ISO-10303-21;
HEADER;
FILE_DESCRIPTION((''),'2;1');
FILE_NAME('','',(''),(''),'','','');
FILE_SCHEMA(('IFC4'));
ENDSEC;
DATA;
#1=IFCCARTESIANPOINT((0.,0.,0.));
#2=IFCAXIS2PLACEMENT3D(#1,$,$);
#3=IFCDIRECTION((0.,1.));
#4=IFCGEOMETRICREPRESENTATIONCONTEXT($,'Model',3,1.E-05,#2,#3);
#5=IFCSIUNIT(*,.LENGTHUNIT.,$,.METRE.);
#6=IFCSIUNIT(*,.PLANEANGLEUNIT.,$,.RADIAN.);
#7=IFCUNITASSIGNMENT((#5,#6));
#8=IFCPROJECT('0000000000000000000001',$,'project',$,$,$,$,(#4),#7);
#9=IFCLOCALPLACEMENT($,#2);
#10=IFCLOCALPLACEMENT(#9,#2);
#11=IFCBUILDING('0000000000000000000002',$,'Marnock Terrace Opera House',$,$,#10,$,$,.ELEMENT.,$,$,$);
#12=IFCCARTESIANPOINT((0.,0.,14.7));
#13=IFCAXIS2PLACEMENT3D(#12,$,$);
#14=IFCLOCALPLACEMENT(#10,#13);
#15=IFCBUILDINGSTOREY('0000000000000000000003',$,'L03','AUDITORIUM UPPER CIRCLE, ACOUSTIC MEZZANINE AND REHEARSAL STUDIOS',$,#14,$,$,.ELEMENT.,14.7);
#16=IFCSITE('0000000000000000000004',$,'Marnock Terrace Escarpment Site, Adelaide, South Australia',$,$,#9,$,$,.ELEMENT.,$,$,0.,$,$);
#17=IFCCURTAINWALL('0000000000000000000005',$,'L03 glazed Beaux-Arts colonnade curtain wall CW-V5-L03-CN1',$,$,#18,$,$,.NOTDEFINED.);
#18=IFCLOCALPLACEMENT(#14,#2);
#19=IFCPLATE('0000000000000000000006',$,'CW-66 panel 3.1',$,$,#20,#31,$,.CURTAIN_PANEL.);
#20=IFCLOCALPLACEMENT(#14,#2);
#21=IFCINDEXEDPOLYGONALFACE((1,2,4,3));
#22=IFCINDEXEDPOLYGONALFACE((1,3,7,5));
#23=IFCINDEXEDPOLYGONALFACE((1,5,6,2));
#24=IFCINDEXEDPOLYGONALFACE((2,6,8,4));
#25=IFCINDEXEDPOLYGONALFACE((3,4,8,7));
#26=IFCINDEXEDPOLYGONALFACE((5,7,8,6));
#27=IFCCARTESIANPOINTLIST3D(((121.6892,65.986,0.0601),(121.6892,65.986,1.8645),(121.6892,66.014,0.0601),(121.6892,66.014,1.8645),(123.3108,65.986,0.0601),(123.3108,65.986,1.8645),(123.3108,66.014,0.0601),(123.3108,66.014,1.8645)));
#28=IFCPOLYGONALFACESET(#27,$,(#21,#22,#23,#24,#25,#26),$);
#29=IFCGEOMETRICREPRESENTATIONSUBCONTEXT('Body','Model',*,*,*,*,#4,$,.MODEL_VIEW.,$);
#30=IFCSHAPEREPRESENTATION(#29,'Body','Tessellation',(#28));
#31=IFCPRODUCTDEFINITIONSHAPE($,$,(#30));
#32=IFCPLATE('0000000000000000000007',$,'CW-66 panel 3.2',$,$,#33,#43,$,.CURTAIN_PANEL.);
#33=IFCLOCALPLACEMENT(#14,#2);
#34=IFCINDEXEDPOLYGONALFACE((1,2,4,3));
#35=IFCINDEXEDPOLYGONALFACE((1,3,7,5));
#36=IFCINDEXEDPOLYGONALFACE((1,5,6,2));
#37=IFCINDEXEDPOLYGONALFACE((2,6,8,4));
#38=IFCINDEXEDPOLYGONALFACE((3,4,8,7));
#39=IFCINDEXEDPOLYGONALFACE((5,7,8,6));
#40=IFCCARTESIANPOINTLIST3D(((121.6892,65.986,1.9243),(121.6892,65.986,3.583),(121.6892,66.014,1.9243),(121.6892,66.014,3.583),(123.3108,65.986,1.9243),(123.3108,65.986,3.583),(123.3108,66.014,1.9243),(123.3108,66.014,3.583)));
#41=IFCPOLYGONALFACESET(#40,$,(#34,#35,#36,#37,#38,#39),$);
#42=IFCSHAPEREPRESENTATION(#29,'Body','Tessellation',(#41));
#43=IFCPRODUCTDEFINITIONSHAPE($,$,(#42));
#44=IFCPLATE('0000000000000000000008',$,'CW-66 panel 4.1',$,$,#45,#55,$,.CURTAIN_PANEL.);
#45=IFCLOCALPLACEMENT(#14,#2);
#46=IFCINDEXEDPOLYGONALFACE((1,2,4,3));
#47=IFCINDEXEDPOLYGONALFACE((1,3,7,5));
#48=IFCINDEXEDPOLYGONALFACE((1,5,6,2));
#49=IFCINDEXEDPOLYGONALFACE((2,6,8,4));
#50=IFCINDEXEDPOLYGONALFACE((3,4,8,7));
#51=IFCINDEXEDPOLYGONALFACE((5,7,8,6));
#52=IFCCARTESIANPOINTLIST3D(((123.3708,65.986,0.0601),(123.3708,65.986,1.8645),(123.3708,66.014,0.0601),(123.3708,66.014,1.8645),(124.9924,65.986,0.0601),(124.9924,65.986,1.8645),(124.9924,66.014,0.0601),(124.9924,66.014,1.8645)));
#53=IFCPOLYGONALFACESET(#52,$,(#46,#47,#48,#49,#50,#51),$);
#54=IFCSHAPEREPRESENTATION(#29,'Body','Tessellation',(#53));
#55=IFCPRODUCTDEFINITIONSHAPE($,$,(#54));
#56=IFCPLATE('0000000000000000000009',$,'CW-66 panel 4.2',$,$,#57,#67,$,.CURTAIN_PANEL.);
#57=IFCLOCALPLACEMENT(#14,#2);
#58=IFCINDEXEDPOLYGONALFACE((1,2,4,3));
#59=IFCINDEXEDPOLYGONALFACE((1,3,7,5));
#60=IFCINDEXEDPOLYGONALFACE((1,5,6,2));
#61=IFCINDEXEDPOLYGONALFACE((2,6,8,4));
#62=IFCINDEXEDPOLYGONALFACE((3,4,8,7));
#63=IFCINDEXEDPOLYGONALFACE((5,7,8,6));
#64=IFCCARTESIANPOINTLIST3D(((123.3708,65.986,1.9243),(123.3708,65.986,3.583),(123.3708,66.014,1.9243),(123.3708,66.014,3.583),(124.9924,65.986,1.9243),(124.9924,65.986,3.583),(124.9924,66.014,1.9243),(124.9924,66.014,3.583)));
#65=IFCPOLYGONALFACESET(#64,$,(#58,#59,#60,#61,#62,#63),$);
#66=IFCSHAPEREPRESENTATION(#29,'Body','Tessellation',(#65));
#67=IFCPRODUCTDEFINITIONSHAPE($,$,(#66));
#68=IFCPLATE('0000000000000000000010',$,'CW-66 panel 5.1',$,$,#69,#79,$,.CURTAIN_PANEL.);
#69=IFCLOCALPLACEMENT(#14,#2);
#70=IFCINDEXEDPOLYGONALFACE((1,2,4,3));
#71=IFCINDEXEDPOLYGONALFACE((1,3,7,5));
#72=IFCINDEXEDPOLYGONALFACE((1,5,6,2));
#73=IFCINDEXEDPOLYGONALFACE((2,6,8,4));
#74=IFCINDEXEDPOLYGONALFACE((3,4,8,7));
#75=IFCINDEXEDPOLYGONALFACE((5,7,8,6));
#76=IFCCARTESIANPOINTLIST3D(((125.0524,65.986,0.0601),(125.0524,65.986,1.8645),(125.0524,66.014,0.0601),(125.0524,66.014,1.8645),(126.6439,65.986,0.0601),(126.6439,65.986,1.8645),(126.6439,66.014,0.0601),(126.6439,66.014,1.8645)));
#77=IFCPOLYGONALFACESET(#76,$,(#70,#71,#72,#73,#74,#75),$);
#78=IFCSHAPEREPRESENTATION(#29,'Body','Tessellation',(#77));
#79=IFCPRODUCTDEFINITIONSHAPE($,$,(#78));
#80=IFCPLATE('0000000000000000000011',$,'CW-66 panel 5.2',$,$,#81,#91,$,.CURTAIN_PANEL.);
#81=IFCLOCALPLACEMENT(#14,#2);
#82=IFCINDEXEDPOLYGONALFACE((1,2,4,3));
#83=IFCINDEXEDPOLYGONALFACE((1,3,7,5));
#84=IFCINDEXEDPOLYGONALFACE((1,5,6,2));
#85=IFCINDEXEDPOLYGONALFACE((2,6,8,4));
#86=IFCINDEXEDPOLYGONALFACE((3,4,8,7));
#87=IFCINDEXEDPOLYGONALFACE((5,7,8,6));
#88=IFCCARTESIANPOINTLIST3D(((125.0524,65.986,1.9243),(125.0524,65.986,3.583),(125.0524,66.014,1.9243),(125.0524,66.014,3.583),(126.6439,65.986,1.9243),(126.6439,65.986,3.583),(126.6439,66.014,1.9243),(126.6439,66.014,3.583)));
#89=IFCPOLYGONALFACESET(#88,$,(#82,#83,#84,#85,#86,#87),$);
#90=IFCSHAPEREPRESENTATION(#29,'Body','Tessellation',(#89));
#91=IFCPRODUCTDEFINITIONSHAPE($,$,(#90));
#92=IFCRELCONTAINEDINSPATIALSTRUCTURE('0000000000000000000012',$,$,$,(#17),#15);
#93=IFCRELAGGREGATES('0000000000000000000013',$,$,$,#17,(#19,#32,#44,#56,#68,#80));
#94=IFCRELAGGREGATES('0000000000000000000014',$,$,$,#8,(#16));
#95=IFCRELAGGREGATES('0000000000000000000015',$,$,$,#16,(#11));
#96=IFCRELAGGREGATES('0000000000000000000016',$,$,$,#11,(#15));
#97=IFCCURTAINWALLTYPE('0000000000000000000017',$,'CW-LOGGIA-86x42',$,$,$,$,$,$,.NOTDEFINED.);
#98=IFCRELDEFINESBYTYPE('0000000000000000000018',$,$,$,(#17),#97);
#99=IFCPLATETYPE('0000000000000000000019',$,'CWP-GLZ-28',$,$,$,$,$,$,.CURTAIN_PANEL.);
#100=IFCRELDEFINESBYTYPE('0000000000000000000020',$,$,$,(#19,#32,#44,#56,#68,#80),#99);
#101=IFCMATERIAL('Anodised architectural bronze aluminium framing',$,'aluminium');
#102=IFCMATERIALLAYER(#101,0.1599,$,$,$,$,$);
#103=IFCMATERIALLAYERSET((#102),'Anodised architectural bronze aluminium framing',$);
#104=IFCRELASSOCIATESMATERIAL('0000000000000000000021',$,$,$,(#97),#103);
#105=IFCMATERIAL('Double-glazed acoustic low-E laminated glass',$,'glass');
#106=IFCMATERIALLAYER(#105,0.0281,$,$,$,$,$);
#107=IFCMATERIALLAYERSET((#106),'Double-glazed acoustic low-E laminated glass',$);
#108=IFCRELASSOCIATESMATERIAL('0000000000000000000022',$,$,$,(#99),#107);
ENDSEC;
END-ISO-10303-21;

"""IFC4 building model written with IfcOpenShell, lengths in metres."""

from ifc_helpers import new_model, si_unit, direction, frame, origin, origin_2d, place, context, subcontext, project, spatial, rectangle, extrude, material, layer, layer_set, type_object, element, aggregate, save


model = new_model("IFC4")

# Units and contexts
model_context = context("Model", 3, precision=1e-05, world=origin(), true_north=direction((0.0, 1.0)))
body_context = subcontext(model_context, "Body", "Model", "MODEL_VIEW")
ifc_project = project(units=[si_unit("LENGTHUNIT", "METRE"), si_unit("PLANEANGLEUNIT", "RADIAN")], contexts=[model_context])

# Site, building, storey
site_placement = place(None, origin())
site = spatial("IfcSite", under=ifc_project, at=site_placement, Name="Marnock Terrace Escarpment Site, Adelaide, South Australia", CompositionType="ELEMENT", RefElevation=0.0)
building_placement = place(site_placement, origin())
building = spatial("IfcBuilding", under=site, at=building_placement, Name="Marnock Terrace Opera House", CompositionType="ELEMENT")
storey_placement = place(building_placement, frame((0.0, 0.0, 14.7)))
storey = spatial("IfcBuildingStorey", under=building, at=storey_placement, Name="L03", Description="AUDITORIUM UPPER CIRCLE, ACOUSTIC MEZZANINE AND REHEARSAL STUDIOS", CompositionType="ELEMENT", Elevation=14.7)

# Shared definitions
ifc_material_1 = material(Name="Anodised architectural bronze aluminium framing", Category="aluminium")
ifc_layer_1 = layer(ifc_material_1, 0.1599)
ifc_layer_set_1 = layer_set([ifc_layer_1], Name="Anodised architectural bronze aluminium framing")
curtain_wall_type = type_object("IfcCurtainWallType", Name="CW-LOGGIA-86x42", PredefinedType="NOTDEFINED", material=ifc_layer_set_1)

# Curtain wall
curtain_wall_1_placement = place(storey_placement, origin())
curtain_wall_1 = element("IfcCurtainWall", 1, at=curtain_wall_1_placement, inside=storey, type_object=curtain_wall_type, Name="L03 glazed Beaux-Arts colonnade curtain wall CW-V5-L03-CN1", PredefinedType="NOTDEFINED")

# Plates
ifc_material_2 = material(Name="Double-glazed acoustic low-E laminated glass", Category="glass")
ifc_layer_2 = layer(ifc_material_2, 0.0281)
ifc_layer_set_2 = layer_set([ifc_layer_2], Name="Double-glazed acoustic low-E laminated glass")
plate_type = type_object("IfcPlateType", Name="CWP-GLZ-28", PredefinedType="CURTAIN_PANEL", material=ifc_layer_set_2)
plate_1_placement = place(storey_placement, frame((122.5, 66.0, 0.0601), z_axis=(0.0, 0.0, 1.0), x_axis=(1.0, 0.0, 0.0)))
plate_1 = element("IfcPlate", 2, at=plate_1_placement, type_object=plate_type, Name="CW-66 panel 3.1", PredefinedType="CURTAIN_PANEL", context=body_context, shape_type="SweptSolid", body=[
    extrude(rectangle(XDim=1.6216, YDim=0.0281, at=origin_2d()), origin(), (0.0, 0.0, 1.0), 1.8044),
])
plate_2_placement = place(storey_placement, frame((122.5, 66.0, 1.9243), z_axis=(0.0, 0.0, 1.0), x_axis=(1.0, 0.0, 0.0)))
plate_2 = element("IfcPlate", 3, at=plate_2_placement, type_object=plate_type, Name="CW-66 panel 3.2", PredefinedType="CURTAIN_PANEL", context=body_context, shape_type="SweptSolid", body=[
    extrude(rectangle(XDim=1.6216, YDim=0.0281, at=origin_2d()), origin(), (0.0, 0.0, 1.0), 1.6587),
])
plate_3_placement = place(storey_placement, frame((124.1816, 66.0, 0.0601), z_axis=(0.0, 0.0, 1.0), x_axis=(1.0, 0.0, 0.0)))
plate_3 = element("IfcPlate", 4, at=plate_3_placement, type_object=plate_type, Name="CW-66 panel 4.1", PredefinedType="CURTAIN_PANEL", context=body_context, shape_type="SweptSolid", body=[
    extrude(rectangle(XDim=1.6216, YDim=0.0281, at=origin_2d()), origin(), (0.0, 0.0, 1.0), 1.8044),
])
plate_4_placement = place(storey_placement, frame((124.1816, 66.0, 1.9243), z_axis=(0.0, 0.0, 1.0), x_axis=(1.0, 0.0, 0.0)))
plate_4 = element("IfcPlate", 5, at=plate_4_placement, type_object=plate_type, Name="CW-66 panel 4.2", PredefinedType="CURTAIN_PANEL", context=body_context, shape_type="SweptSolid", body=[
    extrude(rectangle(XDim=1.6216, YDim=0.0281, at=origin_2d()), origin(), (0.0, 0.0, 1.0), 1.6587),
])
plate_5_placement = place(storey_placement, frame((125.8481, 66.0, 0.0601), z_axis=(0.0, 0.0, 1.0), x_axis=(1.0, 0.0, 0.0)))
plate_5 = element("IfcPlate", 6, at=plate_5_placement, type_object=plate_type, Name="CW-66 panel 5.1", PredefinedType="CURTAIN_PANEL", context=body_context, shape_type="SweptSolid", body=[
    extrude(rectangle(XDim=1.5916, YDim=0.0281, at=origin_2d()), origin(), (0.0, 0.0, 1.0), 1.8044),
])
plate_6_placement = place(storey_placement, frame((125.8481, 66.0, 1.9243), z_axis=(0.0, 0.0, 1.0), x_axis=(1.0, 0.0, 0.0)))
plate_6 = element("IfcPlate", 7, at=plate_6_placement, type_object=plate_type, Name="CW-66 panel 5.2", PredefinedType="CURTAIN_PANEL", context=body_context, shape_type="SweptSolid", body=[
    extrude(rectangle(XDim=1.5916, YDim=0.0281, at=origin_2d()), origin(), (0.0, 0.0, 1.0), 1.6587),
])
aggregate(curtain_wall_1, [plate_1, plate_2, plate_3, plate_4, plate_5, plate_6])

save(model, "model.ifc")
